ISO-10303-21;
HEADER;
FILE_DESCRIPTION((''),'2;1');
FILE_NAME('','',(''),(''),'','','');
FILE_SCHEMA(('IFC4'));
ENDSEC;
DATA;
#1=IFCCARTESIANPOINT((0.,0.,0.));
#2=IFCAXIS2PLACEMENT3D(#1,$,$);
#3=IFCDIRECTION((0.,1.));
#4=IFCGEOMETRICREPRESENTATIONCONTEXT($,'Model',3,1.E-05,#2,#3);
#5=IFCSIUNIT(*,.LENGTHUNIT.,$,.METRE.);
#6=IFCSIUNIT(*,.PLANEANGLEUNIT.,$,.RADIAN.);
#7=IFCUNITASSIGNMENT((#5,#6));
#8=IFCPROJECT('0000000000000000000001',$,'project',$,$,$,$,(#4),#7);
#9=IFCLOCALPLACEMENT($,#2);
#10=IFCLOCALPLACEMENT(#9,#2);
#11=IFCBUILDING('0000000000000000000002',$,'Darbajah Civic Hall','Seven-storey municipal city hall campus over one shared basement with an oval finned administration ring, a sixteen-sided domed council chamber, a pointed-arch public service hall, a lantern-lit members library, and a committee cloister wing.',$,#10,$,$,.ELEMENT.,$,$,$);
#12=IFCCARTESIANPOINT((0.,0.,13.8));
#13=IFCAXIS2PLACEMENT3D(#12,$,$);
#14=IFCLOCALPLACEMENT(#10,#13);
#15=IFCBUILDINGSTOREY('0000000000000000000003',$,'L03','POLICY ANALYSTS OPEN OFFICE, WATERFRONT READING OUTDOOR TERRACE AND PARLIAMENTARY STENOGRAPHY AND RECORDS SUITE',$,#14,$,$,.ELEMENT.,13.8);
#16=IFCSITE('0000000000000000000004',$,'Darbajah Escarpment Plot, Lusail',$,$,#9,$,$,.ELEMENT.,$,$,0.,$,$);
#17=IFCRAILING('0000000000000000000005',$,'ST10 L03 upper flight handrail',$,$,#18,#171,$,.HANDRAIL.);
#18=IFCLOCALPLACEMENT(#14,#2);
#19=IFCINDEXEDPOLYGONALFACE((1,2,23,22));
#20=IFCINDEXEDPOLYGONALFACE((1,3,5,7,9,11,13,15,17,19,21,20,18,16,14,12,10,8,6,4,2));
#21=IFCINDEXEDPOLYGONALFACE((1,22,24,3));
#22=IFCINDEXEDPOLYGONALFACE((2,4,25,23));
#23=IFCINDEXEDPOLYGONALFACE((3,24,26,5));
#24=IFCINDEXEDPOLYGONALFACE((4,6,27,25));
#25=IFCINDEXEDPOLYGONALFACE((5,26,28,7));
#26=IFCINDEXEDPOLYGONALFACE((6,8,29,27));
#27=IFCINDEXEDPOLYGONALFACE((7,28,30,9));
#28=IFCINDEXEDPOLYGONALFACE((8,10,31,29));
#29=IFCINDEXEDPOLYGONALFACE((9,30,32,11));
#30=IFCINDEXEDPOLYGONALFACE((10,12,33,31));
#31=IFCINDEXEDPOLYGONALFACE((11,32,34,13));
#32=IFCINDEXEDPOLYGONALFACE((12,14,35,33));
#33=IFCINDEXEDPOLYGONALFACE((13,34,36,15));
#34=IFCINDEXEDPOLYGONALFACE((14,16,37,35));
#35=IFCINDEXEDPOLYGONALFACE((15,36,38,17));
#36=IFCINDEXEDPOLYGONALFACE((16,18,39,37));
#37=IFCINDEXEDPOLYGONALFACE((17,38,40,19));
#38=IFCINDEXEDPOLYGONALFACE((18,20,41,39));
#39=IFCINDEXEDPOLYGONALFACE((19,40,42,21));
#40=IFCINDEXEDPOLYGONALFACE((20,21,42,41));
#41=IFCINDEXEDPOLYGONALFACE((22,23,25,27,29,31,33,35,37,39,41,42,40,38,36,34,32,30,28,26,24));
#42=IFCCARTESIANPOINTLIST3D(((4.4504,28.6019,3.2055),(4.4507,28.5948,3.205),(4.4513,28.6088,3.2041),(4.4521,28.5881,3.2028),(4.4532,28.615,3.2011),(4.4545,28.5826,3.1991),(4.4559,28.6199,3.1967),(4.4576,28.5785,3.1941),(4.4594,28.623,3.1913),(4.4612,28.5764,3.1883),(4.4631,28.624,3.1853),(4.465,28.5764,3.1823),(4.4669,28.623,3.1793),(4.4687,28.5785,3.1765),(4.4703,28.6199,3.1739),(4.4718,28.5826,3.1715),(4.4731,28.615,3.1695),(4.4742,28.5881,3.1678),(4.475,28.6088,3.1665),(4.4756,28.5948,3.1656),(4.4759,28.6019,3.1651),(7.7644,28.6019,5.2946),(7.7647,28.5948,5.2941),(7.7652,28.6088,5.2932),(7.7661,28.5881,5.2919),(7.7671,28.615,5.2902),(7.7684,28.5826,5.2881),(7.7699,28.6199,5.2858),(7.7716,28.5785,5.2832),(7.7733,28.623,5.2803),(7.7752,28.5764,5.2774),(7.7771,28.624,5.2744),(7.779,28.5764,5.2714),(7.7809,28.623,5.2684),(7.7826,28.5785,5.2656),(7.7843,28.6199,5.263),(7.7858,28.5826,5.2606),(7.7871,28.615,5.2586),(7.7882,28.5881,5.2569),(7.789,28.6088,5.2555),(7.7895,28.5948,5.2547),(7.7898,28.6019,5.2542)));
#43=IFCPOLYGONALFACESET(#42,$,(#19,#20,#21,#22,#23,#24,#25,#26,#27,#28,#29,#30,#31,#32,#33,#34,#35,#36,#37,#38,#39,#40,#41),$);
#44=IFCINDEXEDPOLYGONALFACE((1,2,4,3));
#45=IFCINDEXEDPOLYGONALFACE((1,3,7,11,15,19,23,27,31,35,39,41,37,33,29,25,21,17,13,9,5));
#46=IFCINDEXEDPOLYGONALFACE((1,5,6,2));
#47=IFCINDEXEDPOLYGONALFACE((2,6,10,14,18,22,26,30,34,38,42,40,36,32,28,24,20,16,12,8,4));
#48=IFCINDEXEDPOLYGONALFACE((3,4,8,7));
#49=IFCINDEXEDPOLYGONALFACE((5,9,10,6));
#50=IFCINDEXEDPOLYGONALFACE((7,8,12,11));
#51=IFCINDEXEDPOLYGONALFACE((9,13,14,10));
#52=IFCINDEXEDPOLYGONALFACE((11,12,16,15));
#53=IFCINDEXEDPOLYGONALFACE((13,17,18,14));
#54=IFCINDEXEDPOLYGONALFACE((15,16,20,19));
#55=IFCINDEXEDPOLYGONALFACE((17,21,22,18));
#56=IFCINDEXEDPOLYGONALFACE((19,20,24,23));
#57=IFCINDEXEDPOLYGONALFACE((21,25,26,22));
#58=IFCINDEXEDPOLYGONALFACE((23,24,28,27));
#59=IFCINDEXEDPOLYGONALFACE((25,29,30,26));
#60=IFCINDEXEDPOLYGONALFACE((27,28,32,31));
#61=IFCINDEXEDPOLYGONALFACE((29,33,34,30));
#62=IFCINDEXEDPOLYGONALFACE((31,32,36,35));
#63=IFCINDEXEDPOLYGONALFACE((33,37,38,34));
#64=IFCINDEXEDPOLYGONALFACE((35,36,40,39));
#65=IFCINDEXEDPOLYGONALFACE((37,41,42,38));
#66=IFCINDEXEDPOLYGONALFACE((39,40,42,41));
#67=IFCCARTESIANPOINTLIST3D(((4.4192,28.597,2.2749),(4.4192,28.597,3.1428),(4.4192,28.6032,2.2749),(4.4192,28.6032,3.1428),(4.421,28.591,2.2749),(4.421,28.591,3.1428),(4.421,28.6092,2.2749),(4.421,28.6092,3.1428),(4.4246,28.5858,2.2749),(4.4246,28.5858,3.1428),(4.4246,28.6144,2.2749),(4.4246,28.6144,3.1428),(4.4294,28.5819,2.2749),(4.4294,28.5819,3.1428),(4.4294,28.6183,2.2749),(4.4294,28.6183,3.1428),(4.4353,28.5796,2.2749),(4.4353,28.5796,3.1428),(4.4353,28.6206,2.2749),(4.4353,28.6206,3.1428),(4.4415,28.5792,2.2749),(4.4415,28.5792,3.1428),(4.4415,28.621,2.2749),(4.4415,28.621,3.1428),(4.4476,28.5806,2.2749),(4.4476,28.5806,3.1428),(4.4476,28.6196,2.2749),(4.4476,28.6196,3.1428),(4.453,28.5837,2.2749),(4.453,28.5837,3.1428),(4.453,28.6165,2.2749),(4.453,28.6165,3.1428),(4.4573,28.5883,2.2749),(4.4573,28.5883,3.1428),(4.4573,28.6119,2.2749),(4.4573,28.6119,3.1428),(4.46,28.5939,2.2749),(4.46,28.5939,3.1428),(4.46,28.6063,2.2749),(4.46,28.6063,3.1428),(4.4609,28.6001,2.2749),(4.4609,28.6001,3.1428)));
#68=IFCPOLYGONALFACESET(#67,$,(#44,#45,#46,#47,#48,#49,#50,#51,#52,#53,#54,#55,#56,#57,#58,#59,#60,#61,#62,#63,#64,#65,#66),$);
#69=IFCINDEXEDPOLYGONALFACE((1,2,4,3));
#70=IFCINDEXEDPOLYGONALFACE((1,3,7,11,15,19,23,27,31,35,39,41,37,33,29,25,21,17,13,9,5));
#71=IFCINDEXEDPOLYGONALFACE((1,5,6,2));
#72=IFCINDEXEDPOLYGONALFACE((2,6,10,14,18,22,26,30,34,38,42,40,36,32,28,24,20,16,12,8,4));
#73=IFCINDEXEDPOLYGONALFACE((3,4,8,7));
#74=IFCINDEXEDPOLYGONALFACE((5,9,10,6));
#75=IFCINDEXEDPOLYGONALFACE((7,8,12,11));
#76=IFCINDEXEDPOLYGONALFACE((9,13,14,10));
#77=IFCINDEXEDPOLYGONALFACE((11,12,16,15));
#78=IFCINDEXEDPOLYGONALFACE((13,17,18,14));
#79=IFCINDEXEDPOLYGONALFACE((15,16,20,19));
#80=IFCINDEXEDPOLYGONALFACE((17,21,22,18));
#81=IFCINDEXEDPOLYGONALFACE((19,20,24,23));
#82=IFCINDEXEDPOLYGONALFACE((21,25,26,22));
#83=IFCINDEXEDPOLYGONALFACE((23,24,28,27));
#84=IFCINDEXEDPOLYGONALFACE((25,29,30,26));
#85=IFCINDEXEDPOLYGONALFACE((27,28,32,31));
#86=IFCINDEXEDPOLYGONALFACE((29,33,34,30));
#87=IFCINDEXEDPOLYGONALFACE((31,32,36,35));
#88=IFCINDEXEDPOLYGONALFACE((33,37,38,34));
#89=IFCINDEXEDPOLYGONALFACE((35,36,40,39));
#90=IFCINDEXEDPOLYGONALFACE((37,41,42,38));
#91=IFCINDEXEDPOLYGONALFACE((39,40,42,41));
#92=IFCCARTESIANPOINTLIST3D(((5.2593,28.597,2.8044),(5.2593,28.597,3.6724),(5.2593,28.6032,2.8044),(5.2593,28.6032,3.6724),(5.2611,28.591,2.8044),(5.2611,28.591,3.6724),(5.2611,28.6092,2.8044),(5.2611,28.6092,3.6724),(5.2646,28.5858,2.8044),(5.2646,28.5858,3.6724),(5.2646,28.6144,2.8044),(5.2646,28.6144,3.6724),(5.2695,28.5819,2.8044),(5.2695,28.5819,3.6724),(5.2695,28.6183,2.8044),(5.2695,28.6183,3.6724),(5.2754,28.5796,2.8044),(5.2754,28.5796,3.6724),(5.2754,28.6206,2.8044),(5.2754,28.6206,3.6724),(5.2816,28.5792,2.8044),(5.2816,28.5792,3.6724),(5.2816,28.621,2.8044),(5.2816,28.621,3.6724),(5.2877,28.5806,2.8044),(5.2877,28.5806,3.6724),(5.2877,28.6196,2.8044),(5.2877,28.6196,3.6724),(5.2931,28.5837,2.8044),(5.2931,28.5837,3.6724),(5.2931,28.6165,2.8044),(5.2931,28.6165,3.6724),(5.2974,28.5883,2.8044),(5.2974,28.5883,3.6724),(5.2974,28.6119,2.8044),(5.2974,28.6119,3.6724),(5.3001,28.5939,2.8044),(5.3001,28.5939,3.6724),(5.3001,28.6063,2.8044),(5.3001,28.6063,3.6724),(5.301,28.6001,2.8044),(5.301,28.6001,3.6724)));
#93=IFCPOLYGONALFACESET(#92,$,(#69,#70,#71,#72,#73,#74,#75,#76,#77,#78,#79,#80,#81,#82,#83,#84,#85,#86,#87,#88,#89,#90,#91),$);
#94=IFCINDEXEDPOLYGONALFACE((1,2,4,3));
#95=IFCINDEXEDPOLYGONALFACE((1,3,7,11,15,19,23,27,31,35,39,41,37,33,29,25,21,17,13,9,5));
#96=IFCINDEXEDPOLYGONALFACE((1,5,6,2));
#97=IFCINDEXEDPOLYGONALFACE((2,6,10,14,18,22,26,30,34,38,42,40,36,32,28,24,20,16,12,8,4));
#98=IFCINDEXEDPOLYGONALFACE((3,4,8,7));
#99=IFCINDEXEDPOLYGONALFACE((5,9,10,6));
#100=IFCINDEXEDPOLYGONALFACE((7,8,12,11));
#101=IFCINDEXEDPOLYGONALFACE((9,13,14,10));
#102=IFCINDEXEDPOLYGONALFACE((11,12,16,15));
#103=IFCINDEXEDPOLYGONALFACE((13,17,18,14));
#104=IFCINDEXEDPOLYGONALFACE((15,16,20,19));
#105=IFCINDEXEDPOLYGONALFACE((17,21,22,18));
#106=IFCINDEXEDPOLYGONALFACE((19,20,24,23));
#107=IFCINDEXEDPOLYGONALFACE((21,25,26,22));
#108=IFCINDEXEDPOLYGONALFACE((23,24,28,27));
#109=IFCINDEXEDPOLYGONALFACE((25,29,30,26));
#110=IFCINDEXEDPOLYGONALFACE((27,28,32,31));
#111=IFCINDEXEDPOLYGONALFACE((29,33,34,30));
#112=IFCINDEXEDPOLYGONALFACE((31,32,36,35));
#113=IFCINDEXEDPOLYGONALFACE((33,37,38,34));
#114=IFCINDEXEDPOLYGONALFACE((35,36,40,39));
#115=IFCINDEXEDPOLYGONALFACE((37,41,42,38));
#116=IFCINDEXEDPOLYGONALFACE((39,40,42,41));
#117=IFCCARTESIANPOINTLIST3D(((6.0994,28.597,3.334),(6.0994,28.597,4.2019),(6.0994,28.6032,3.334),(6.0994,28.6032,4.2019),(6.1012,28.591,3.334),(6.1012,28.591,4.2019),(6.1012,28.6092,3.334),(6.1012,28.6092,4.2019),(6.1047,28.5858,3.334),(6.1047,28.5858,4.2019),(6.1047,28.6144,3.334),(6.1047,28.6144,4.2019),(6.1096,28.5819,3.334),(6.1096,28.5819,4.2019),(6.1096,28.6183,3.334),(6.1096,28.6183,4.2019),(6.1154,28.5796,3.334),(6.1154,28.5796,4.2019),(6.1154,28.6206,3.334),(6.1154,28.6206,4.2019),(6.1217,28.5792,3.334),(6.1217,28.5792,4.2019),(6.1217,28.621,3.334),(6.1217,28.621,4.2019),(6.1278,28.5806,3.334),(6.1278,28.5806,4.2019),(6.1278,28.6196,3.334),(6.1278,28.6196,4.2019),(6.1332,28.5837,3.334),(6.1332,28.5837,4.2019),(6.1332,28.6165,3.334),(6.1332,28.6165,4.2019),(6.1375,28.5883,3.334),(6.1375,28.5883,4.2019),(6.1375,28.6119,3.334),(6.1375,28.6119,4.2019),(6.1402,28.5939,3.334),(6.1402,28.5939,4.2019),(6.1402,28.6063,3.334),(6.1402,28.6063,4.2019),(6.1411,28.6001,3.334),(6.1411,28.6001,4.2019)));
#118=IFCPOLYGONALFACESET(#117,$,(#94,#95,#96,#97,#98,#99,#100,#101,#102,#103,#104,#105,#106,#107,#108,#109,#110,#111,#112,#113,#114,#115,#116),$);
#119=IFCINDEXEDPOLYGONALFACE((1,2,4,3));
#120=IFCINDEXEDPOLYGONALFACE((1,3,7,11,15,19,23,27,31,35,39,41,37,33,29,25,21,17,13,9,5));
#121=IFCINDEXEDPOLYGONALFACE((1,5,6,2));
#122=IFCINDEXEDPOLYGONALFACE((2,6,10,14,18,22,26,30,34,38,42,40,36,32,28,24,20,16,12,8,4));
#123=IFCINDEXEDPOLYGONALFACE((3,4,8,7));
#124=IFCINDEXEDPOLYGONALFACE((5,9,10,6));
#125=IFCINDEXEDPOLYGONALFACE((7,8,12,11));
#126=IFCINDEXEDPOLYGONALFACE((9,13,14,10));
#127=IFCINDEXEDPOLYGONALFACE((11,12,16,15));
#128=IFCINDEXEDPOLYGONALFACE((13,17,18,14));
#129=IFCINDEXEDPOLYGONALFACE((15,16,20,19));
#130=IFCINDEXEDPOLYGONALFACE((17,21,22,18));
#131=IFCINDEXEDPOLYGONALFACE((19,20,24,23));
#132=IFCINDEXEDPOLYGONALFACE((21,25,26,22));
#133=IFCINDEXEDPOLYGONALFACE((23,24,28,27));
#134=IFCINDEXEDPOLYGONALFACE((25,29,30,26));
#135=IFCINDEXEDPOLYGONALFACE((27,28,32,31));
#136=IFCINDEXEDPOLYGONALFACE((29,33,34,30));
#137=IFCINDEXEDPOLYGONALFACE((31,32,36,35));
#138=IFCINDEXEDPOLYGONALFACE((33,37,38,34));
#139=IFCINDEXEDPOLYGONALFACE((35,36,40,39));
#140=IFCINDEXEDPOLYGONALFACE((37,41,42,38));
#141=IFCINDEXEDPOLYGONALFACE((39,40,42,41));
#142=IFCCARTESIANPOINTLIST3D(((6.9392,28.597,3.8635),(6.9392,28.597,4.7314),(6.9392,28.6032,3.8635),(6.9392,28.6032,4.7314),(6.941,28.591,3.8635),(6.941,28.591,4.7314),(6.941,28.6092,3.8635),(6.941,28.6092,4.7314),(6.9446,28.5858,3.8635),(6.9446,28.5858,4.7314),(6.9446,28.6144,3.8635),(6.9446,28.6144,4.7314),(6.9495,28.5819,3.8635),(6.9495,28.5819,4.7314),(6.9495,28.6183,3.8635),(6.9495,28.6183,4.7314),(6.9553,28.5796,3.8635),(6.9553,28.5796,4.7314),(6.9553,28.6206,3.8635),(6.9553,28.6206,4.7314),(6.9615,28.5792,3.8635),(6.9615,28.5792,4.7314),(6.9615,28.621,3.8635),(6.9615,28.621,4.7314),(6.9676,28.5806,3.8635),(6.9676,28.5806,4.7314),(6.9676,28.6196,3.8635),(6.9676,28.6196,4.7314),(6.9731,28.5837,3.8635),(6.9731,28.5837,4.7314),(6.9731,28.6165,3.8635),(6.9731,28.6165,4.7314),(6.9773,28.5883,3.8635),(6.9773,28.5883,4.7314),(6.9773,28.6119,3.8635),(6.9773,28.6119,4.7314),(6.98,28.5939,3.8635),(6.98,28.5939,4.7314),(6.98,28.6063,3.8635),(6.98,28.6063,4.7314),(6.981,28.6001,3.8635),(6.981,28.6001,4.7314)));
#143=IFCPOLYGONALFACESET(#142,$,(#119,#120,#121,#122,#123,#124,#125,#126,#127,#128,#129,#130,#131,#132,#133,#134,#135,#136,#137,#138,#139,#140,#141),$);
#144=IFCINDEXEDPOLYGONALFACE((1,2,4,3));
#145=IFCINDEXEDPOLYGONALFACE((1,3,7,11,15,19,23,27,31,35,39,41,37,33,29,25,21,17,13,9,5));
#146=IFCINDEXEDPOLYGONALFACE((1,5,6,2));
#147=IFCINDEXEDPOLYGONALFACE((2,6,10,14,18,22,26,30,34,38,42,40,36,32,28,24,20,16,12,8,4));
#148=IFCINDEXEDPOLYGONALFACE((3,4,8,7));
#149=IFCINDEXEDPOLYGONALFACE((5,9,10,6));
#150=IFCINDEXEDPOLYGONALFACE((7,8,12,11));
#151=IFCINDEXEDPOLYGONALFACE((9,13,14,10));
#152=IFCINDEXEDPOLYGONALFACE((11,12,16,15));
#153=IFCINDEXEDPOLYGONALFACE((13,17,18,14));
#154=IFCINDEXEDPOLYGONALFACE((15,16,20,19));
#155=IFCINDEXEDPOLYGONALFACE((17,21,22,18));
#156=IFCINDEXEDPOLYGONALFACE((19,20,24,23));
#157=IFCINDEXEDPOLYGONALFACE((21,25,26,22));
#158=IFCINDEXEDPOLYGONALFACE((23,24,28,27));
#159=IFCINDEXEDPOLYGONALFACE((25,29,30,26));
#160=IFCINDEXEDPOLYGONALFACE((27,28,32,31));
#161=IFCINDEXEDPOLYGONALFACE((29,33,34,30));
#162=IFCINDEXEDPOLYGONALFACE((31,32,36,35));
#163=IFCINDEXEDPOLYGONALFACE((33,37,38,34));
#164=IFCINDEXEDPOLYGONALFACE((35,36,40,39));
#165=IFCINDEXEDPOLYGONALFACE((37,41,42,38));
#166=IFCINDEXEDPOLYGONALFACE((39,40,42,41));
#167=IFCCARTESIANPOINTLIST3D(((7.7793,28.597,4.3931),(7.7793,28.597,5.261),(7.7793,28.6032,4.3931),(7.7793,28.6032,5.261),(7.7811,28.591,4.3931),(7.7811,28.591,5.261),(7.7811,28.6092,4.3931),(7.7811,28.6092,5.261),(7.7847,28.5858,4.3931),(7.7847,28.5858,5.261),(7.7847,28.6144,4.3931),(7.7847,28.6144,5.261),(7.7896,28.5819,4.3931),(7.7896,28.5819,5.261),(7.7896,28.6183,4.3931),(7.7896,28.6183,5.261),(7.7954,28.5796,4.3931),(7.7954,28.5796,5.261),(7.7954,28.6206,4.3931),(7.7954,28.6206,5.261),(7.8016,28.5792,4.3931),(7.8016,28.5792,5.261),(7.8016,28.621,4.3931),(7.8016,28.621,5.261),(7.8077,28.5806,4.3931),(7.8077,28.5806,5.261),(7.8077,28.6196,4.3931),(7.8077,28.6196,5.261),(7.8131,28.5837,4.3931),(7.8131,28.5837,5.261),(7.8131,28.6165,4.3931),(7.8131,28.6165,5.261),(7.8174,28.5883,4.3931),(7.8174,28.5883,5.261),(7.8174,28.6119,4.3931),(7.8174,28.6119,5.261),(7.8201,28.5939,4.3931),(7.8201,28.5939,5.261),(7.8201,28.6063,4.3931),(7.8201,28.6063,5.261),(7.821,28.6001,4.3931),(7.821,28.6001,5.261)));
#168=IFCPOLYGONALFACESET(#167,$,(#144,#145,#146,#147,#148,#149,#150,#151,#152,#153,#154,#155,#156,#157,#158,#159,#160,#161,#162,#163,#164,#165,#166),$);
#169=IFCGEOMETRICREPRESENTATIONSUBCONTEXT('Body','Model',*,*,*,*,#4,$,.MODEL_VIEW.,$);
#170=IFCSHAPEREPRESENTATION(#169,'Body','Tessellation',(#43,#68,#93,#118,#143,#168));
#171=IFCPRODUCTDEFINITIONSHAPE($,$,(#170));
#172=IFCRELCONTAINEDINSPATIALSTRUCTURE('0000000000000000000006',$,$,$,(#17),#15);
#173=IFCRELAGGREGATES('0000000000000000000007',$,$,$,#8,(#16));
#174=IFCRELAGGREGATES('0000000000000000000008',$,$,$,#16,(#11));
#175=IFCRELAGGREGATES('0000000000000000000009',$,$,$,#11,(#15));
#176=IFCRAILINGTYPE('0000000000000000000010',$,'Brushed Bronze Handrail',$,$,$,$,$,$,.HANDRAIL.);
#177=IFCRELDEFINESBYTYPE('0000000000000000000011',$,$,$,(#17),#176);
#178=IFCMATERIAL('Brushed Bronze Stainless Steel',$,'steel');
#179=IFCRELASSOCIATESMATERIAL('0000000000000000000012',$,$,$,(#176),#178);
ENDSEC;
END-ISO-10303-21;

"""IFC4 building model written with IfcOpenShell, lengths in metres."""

from ifc_helpers import new_model, si_unit, direction, frame, origin, origin_2d, place, context, subcontext, project, spatial, circle, extrude, material, type_object, element, save


model = new_model("IFC4")

# Units and contexts
model_context = context("Model", 3, precision=1e-05, world=origin(), true_north=direction((0.0, 1.0)))
body_context = subcontext(model_context, "Body", "Model", "MODEL_VIEW")
ifc_project = project(units=[si_unit("LENGTHUNIT", "METRE"), si_unit("PLANEANGLEUNIT", "RADIAN")], contexts=[model_context])

# Site, building, storey
site_placement = place(None, origin())
site = spatial("IfcSite", under=ifc_project, at=site_placement, Name="Darbajah Escarpment Plot, Lusail", CompositionType="ELEMENT", RefElevation=0.0)
building_placement = place(site_placement, origin())
building = spatial("IfcBuilding", under=site, at=building_placement, Name="Darbajah Civic Hall", Description="Seven-storey municipal city hall campus over one shared basement with an oval finned administration ring, a sixteen-sided domed council chamber, a pointed-arch public service hall, a lantern-lit members library, and a committee cloister wing.", CompositionType="ELEMENT")
storey_placement = place(building_placement, frame((0.0, 0.0, 13.8)))
storey = spatial("IfcBuildingStorey", under=building, at=storey_placement, Name="L03", Description="POLICY ANALYSTS OPEN OFFICE, WATERFRONT READING OUTDOOR TERRACE AND PARLIAMENTARY STENOGRAPHY AND RECORDS SUITE", CompositionType="ELEMENT", Elevation=13.8)

# Railing
ifc_material_1 = material(Name="Brushed Bronze Stainless Steel", Category="steel")
railing_type_1 = type_object("IfcRailingType", Name="Brushed Bronze Handrail", PredefinedType="HANDRAIL", material=ifc_material_1)
railing_1_placement = place(storey_placement, frame((4.4399, 28.6001, 2.2749)))
element("IfcRailing", 1, at=railing_1_placement, inside=storey, type_object=railing_type_1, Name="ST10 L03 upper flight handrail", PredefinedType="HANDRAIL", context=body_context, shape_type="SweptSolid", body=[
    extrude(circle(Radius=0.0239, at=origin_2d()), frame((0.0232, 0.0, 0.9104), z_axis=(0.845944, 0.0, 0.533271), x_axis=(0.0, 1.0, 0.0)), (0.0, 0.0, 1.0), 3.9175),
    extrude(circle(Radius=0.021, at=origin_2d()), origin(), (0.0, 0.0, 1.0), 0.8679),
    extrude(circle(Radius=0.021, at=origin_2d()), frame((0.8401, 0.0, 0.5295)), (0.0, 0.0, 1.0), 0.8679),
    extrude(circle(Radius=0.021, at=origin_2d()), frame((1.6802, 0.0, 1.0591)), (0.0, 0.0, 1.0), 0.8679),
    extrude(circle(Radius=0.021, at=origin_2d()), frame((2.52, 0.0, 1.5886)), (0.0, 0.0, 1.0), 0.8679),
    extrude(circle(Radius=0.021, at=origin_2d()), frame((3.3601, 0.0, 2.1182)), (0.0, 0.0, 1.0), 0.8679),
])

save(model, "model.ifc")
